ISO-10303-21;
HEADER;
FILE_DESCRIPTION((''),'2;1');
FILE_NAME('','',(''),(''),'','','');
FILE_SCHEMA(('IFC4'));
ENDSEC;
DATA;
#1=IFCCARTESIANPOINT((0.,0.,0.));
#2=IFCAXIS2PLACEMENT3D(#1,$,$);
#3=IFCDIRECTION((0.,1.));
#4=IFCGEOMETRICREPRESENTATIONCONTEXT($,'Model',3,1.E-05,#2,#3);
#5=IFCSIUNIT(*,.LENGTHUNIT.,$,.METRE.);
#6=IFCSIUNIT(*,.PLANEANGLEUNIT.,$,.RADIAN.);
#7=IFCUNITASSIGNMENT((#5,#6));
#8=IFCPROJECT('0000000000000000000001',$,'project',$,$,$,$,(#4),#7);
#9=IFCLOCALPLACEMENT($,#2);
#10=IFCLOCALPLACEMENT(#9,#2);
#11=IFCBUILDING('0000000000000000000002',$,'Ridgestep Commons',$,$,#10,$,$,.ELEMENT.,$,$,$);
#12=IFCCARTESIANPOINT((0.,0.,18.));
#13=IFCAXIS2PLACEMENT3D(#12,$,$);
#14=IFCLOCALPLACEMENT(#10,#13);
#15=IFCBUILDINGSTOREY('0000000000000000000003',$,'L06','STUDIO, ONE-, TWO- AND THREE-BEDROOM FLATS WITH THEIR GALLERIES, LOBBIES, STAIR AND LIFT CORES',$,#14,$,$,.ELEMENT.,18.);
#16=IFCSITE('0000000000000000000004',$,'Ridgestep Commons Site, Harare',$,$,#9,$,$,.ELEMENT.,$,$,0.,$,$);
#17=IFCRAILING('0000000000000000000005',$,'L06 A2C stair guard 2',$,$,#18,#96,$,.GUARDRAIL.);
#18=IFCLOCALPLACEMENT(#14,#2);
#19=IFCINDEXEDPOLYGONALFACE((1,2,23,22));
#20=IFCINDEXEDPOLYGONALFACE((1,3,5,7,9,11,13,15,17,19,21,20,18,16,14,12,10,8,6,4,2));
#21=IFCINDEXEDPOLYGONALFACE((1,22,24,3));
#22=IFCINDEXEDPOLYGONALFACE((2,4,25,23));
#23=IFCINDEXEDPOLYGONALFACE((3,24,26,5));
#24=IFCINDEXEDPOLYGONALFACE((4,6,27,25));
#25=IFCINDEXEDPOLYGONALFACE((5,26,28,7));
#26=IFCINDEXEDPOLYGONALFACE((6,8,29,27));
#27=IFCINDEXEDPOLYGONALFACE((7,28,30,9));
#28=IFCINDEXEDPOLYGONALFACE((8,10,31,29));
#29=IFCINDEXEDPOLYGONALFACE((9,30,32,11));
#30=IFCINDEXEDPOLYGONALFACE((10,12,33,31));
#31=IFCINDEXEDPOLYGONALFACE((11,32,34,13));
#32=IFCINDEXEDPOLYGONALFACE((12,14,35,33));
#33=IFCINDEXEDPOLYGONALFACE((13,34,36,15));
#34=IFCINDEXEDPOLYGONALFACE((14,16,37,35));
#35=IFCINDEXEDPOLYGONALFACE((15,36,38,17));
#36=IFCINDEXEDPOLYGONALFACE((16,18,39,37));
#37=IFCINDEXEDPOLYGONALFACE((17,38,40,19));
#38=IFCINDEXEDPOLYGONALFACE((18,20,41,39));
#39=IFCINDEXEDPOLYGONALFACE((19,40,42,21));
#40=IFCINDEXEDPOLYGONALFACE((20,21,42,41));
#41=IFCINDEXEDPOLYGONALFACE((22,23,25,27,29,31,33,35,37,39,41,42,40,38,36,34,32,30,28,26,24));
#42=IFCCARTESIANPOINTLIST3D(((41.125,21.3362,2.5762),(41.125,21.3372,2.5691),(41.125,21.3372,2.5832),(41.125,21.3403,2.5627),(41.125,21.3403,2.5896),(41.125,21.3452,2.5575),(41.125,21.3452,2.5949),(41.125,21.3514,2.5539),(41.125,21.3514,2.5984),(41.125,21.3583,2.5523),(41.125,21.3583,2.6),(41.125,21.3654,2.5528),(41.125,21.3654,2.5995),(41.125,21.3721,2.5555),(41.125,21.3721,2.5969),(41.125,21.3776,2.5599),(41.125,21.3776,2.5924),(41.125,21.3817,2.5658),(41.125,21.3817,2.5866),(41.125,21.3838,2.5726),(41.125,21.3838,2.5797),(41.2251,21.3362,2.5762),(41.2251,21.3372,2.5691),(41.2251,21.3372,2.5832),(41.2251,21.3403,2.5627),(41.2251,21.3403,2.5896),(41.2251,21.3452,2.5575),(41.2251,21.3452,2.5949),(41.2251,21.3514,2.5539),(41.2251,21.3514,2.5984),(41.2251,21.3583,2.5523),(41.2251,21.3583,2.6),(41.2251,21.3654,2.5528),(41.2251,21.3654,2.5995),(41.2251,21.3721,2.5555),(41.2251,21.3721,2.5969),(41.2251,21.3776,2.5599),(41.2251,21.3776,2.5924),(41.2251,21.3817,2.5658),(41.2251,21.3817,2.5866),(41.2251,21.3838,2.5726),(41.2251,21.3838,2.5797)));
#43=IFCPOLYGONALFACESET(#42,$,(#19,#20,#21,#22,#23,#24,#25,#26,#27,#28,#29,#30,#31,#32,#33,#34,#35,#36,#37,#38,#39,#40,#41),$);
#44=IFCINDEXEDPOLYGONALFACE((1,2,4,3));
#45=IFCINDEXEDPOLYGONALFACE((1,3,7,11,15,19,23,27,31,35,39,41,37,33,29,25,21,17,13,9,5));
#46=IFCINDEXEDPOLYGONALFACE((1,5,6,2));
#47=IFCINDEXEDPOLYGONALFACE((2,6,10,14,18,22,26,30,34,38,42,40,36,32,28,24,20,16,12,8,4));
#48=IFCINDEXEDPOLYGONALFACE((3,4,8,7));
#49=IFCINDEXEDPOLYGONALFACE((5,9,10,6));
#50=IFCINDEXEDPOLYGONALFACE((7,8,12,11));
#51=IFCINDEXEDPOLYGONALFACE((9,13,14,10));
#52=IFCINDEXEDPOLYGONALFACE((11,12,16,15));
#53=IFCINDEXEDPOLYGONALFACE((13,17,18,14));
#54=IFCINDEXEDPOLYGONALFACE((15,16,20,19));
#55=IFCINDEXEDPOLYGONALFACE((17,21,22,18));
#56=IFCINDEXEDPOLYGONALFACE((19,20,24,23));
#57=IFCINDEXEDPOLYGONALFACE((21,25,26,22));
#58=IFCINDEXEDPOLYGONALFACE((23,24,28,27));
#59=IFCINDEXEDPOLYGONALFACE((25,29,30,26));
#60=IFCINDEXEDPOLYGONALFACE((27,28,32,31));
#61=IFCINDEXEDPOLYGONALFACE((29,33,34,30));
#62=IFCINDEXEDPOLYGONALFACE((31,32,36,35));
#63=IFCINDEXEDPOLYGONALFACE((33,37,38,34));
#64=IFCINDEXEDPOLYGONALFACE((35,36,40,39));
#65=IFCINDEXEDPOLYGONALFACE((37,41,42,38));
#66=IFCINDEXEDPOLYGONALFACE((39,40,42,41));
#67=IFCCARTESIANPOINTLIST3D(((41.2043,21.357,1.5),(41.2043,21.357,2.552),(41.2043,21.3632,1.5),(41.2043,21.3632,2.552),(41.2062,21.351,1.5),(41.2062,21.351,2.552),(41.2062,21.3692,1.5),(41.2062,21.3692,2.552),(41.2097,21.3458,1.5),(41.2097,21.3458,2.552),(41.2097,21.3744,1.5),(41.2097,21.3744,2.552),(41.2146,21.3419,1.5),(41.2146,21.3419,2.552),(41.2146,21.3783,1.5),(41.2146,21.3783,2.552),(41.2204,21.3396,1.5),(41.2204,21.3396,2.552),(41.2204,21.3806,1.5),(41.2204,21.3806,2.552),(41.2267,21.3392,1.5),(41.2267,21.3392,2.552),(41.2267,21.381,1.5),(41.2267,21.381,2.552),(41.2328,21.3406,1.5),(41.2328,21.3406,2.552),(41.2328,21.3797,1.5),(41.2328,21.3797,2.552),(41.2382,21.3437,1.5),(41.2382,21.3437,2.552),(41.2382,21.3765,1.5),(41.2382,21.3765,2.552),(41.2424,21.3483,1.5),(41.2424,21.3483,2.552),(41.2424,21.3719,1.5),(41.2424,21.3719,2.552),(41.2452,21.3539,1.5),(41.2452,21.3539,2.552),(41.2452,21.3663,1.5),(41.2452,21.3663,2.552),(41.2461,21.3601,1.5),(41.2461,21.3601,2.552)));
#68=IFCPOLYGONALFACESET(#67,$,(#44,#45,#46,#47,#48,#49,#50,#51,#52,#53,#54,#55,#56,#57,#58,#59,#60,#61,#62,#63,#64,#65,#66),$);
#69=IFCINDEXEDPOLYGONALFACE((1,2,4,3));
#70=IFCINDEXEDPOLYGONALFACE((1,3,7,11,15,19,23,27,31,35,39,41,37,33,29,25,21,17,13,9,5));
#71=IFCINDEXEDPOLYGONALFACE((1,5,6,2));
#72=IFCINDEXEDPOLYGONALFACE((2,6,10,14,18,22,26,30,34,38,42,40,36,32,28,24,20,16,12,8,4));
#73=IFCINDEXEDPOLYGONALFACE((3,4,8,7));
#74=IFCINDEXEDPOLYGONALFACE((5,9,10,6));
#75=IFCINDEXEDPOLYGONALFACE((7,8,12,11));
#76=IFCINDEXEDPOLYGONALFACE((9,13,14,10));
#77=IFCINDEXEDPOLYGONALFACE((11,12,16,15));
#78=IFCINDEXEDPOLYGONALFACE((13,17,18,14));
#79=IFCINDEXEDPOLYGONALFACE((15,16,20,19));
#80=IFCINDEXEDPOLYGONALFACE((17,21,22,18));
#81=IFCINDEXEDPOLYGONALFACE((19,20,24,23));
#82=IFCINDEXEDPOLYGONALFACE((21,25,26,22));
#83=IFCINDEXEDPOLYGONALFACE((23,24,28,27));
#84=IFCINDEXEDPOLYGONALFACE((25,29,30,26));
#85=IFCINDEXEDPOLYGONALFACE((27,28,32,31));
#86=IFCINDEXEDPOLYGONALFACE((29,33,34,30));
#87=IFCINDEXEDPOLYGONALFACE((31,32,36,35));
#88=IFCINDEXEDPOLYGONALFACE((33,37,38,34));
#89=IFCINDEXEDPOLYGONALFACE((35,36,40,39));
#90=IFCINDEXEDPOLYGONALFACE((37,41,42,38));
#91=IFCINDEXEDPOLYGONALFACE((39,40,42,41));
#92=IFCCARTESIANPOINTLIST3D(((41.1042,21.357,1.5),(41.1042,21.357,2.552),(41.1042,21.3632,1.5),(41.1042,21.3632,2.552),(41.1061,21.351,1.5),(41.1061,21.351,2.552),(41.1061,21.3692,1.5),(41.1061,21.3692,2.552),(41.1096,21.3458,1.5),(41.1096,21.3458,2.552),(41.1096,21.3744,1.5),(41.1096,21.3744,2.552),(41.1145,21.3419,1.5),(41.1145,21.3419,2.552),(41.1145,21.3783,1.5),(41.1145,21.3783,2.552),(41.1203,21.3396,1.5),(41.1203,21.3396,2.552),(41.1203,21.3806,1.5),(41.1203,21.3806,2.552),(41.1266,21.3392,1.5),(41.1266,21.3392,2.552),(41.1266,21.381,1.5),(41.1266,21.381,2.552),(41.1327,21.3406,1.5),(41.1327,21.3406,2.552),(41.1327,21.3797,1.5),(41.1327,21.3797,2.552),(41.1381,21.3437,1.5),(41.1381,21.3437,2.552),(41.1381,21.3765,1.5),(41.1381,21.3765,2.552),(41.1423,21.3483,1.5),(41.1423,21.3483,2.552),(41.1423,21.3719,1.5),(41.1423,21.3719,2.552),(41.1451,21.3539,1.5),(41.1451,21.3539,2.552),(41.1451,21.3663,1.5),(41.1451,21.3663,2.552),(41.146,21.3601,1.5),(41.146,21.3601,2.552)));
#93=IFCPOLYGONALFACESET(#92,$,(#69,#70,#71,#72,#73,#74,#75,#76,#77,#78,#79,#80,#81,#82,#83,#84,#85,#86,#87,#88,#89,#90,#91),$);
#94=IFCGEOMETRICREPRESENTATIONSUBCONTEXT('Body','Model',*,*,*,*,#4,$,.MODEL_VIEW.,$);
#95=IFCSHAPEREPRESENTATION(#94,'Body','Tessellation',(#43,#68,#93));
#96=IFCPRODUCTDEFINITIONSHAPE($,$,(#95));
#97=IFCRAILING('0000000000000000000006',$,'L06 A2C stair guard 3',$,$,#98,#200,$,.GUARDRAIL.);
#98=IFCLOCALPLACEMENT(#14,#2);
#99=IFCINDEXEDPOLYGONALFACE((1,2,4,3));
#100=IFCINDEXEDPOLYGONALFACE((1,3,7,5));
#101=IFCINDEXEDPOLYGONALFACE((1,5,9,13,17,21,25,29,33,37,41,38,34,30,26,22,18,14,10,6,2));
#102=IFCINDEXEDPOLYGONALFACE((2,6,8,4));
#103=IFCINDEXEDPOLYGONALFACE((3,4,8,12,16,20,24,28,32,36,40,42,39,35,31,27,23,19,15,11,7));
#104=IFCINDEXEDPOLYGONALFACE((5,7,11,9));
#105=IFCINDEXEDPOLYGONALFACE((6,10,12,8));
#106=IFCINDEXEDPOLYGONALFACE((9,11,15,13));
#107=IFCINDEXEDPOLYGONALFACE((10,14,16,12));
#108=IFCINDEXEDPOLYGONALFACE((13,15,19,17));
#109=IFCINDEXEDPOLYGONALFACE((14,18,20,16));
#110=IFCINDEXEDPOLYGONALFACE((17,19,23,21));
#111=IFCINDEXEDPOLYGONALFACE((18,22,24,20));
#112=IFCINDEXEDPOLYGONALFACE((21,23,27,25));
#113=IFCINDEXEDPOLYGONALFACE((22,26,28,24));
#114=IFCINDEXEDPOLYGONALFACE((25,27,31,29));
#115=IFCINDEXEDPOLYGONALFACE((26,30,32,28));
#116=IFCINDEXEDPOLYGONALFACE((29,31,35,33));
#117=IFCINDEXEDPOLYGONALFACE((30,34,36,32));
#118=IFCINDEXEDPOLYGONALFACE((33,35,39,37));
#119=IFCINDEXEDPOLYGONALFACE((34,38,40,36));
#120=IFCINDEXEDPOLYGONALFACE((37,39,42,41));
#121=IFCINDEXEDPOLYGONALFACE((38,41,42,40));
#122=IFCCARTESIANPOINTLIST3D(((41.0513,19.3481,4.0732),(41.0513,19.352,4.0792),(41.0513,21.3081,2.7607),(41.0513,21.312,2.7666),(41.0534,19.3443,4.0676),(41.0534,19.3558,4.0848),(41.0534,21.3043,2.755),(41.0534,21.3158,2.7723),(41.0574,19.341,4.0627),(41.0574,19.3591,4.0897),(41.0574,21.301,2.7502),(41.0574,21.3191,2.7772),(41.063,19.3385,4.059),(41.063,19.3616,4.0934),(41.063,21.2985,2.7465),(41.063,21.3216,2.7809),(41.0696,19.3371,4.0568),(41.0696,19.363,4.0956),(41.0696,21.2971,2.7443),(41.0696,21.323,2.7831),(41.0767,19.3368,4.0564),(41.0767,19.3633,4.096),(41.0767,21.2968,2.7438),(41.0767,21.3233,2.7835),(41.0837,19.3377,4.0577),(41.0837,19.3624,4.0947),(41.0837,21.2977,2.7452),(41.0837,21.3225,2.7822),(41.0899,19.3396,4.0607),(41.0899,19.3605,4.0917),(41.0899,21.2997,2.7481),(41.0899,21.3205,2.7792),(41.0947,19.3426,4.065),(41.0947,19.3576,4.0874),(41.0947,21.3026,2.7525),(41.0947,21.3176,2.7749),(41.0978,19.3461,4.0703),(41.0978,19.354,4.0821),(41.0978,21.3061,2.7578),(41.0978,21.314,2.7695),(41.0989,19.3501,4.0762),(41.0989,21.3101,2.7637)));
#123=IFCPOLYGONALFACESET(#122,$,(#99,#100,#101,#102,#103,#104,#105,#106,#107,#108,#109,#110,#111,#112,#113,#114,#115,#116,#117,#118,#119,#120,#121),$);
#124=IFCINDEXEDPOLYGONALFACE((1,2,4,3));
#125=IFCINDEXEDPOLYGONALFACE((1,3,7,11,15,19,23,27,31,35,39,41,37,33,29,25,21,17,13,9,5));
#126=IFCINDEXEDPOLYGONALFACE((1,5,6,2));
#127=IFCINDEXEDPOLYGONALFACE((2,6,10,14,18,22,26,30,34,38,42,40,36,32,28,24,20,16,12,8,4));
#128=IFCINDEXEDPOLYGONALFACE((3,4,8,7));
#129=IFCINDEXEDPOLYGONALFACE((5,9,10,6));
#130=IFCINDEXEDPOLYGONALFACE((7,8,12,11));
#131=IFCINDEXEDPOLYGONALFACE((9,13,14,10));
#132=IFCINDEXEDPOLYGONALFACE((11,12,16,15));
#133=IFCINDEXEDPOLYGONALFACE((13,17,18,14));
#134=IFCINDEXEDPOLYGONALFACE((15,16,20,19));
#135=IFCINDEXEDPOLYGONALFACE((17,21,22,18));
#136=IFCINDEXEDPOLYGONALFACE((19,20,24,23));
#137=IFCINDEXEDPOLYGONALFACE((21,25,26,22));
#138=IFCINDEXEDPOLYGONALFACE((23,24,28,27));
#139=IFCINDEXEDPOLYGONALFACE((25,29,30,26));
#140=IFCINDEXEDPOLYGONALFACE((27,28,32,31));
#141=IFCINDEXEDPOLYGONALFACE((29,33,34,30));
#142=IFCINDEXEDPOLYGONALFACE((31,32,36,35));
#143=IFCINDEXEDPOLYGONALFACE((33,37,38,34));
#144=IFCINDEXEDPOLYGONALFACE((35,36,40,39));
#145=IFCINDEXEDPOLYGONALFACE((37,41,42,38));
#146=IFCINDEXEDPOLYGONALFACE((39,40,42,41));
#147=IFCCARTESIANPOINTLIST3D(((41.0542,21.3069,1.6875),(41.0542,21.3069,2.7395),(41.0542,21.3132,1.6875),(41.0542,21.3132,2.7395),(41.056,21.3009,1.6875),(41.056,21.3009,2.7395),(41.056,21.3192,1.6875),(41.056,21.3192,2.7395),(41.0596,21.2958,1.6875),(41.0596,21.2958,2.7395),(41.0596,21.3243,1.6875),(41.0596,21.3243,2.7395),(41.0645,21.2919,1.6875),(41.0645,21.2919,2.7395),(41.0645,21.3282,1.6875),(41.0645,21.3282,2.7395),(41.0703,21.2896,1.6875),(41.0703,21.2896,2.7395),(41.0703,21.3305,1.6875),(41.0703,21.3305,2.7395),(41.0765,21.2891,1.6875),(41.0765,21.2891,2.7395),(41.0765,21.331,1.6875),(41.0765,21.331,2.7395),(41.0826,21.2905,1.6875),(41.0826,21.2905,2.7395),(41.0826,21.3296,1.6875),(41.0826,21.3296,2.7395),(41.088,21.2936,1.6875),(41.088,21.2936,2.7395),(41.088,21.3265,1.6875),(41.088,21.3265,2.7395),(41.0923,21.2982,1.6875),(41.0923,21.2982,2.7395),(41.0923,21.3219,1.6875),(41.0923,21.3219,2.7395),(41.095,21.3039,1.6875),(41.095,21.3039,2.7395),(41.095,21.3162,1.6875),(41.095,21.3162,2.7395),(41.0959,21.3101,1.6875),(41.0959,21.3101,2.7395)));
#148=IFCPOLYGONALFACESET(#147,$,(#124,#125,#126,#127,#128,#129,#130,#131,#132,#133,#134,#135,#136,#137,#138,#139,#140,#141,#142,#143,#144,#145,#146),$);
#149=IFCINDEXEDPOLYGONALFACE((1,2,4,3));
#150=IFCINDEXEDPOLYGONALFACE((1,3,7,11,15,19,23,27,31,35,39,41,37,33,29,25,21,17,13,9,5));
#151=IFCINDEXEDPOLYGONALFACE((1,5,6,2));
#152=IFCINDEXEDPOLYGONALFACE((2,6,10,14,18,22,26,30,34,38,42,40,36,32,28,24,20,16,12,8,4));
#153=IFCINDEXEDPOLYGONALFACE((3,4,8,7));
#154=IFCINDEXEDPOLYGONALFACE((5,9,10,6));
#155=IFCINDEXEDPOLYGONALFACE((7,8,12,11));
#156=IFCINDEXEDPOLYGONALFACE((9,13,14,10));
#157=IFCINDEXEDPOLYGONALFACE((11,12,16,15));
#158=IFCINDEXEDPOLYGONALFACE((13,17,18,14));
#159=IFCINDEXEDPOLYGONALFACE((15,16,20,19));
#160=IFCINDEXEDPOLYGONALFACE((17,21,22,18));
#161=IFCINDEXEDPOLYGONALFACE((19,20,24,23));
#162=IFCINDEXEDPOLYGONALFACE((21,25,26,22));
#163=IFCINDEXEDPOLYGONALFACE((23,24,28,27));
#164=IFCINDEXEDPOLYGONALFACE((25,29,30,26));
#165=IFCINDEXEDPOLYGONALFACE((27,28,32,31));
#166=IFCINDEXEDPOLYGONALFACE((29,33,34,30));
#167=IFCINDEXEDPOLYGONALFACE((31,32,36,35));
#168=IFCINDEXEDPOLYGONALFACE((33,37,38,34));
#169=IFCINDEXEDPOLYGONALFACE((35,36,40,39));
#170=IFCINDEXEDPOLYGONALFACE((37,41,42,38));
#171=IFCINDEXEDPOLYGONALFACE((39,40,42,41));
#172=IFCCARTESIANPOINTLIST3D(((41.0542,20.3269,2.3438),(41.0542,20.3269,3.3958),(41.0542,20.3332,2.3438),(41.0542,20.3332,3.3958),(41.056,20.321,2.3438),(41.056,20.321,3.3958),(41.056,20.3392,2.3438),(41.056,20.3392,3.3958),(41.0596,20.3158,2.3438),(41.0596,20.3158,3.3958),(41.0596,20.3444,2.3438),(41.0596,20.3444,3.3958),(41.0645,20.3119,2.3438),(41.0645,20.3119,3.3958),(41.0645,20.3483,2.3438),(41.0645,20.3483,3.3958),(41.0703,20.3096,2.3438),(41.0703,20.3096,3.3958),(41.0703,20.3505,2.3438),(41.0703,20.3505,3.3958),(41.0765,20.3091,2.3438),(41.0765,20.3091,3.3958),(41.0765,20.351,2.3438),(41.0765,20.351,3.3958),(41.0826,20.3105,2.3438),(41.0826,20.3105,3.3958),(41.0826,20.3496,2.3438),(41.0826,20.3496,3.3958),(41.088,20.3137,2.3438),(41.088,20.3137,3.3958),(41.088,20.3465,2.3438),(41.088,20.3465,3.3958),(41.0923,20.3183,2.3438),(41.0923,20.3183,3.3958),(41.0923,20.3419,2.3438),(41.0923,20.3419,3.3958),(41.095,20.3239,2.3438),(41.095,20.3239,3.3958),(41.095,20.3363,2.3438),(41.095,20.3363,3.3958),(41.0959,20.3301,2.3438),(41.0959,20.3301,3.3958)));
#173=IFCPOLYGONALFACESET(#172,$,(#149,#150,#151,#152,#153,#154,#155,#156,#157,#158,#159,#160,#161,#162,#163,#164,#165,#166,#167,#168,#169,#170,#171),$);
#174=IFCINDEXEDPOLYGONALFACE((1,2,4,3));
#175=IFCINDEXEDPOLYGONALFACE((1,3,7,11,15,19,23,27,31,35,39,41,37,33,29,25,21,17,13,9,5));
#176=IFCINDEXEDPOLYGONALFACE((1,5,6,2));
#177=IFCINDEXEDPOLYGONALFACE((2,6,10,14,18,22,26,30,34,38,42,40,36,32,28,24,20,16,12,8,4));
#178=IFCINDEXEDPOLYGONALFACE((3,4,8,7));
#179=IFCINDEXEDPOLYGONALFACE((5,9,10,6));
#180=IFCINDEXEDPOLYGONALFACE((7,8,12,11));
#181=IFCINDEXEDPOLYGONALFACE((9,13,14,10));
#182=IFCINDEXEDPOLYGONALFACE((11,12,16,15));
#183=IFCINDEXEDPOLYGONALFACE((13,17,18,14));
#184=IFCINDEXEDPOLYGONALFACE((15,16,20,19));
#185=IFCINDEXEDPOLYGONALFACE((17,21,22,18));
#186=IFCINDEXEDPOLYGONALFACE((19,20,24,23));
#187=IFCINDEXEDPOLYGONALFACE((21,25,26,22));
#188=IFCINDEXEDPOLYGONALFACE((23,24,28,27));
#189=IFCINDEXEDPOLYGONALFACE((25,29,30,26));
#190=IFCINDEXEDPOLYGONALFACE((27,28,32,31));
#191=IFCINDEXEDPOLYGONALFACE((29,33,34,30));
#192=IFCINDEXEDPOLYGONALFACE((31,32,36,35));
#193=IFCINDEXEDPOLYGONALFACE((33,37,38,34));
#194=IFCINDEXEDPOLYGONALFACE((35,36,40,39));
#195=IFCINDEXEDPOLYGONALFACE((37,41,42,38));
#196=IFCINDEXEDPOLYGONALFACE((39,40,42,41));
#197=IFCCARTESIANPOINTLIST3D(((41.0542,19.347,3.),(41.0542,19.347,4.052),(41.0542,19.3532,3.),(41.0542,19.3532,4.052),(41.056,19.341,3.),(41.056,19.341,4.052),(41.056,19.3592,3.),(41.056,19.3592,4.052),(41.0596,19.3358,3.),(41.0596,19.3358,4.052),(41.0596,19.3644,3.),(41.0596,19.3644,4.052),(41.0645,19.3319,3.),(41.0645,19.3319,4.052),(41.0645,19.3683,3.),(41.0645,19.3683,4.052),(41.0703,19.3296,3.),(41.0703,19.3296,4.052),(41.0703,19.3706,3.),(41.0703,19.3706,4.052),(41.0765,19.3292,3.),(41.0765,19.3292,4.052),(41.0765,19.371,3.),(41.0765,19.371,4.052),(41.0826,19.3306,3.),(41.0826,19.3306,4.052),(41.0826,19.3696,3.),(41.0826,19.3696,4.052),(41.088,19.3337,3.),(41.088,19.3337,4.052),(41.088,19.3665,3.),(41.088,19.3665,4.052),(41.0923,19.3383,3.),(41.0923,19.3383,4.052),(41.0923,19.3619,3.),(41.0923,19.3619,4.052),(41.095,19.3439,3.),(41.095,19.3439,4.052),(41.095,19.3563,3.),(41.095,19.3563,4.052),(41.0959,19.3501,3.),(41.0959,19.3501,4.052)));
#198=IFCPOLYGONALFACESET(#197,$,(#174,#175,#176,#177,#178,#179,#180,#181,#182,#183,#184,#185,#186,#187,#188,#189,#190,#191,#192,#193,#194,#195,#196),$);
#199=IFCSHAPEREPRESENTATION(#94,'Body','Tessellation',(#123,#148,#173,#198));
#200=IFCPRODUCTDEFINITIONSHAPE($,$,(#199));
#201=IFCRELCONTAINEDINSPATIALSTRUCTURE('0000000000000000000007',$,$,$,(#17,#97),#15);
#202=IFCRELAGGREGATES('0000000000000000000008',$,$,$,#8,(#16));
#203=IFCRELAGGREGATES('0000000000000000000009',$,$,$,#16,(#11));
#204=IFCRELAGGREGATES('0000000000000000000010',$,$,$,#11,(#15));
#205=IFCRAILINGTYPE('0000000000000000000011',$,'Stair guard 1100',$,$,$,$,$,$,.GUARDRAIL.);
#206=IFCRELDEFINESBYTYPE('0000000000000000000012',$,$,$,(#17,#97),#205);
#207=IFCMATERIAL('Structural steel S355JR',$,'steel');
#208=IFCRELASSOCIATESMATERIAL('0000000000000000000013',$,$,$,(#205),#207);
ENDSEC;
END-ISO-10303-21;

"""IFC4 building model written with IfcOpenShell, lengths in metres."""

from ifc_helpers import new_model, si_unit, direction, frame, origin, origin_2d, place, context, subcontext, project, spatial, circle, extrude, material, type_object, element, save


model = new_model("IFC4")

# Units and contexts
model_context = context("Model", 3, precision=1e-05, world=origin(), true_north=direction((0.0, 1.0)))
body_context = subcontext(model_context, "Body", "Model", "MODEL_VIEW")
ifc_project = project(units=[si_unit("LENGTHUNIT", "METRE"), si_unit("PLANEANGLEUNIT", "RADIAN")], contexts=[model_context])

# Site, building, storey
site_placement = place(None, origin())
site = spatial("IfcSite", under=ifc_project, at=site_placement, Name="Ridgestep Commons Site, Harare", CompositionType="ELEMENT", RefElevation=0.0)
building_placement = place(site_placement, origin())
building = spatial("IfcBuilding", under=site, at=building_placement, Name="Ridgestep Commons", CompositionType="ELEMENT")
storey_placement = place(building_placement, frame((0.0, 0.0, 18.0)))
storey = spatial("IfcBuildingStorey", under=building, at=storey_placement, Name="L06", Description="STUDIO, ONE-, TWO- AND THREE-BEDROOM FLATS WITH THEIR GALLERIES, LOBBIES, STAIR AND LIFT CORES", CompositionType="ELEMENT", Elevation=18.0)

# Railings
ifc_material_1 = material(Name="Structural steel S355JR", Category="steel")
railing_type_1 = type_object("IfcRailingType", Name="Stair guard 1100", PredefinedType="GUARDRAIL", material=ifc_material_1)
railing_1_placement = place(storey_placement, frame((41.2251, 21.3601, 1.5)))
element("IfcRailing", 1, at=railing_1_placement, inside=storey, type_object=railing_type_1, Name="L06 A2C stair guard 2", PredefinedType="GUARDRAIL", context=body_context, shape_type="SweptSolid", body=[
    extrude(circle(Radius=0.0239, at=origin_2d()), frame((0.0, 0.0, 1.0762), z_axis=(-1.0, 0.0, 0.0), x_axis=(0.0, -1.0, 0.0)), (0.0, 0.0, 1.0), 0.1001),
    extrude(circle(Radius=0.021, at=origin_2d()), origin(), (0.0, 0.0, 1.0), 1.052),
    extrude(circle(Radius=0.021, at=origin_2d()), frame((-0.1001, 0.0, 0.0)), (0.0, 0.0, 1.0), 1.052),
])
railing_2_placement = place(storey_placement, frame((41.075, 21.3101, 1.6875)))
element("IfcRailing", 2, at=railing_2_placement, inside=storey, type_object=railing_type_1, Name="L06 A2C stair guard 3", PredefinedType="GUARDRAIL", context=body_context, shape_type="SweptSolid", body=[
    extrude(circle(Radius=0.0239, at=origin_2d()), frame((0.0, 0.0, 1.0762), z_axis=(0.0, -0.830902, 0.556419), x_axis=(1.0, 0.0, 0.0)), (0.0, 0.0, 1.0), 2.3589),
    extrude(circle(Radius=0.021, at=origin_2d()), origin(), (0.0, 0.0, 1.0), 1.052),
    extrude(circle(Radius=0.021, at=origin_2d()), frame((0.0, -0.98, 0.6562)), (0.0, 0.0, 1.0), 1.052),
    extrude(circle(Radius=0.021, at=origin_2d()), frame((0.0, -1.96, 1.3125)), (0.0, 0.0, 1.0), 1.052),
])

save(model, "model.ifc")
